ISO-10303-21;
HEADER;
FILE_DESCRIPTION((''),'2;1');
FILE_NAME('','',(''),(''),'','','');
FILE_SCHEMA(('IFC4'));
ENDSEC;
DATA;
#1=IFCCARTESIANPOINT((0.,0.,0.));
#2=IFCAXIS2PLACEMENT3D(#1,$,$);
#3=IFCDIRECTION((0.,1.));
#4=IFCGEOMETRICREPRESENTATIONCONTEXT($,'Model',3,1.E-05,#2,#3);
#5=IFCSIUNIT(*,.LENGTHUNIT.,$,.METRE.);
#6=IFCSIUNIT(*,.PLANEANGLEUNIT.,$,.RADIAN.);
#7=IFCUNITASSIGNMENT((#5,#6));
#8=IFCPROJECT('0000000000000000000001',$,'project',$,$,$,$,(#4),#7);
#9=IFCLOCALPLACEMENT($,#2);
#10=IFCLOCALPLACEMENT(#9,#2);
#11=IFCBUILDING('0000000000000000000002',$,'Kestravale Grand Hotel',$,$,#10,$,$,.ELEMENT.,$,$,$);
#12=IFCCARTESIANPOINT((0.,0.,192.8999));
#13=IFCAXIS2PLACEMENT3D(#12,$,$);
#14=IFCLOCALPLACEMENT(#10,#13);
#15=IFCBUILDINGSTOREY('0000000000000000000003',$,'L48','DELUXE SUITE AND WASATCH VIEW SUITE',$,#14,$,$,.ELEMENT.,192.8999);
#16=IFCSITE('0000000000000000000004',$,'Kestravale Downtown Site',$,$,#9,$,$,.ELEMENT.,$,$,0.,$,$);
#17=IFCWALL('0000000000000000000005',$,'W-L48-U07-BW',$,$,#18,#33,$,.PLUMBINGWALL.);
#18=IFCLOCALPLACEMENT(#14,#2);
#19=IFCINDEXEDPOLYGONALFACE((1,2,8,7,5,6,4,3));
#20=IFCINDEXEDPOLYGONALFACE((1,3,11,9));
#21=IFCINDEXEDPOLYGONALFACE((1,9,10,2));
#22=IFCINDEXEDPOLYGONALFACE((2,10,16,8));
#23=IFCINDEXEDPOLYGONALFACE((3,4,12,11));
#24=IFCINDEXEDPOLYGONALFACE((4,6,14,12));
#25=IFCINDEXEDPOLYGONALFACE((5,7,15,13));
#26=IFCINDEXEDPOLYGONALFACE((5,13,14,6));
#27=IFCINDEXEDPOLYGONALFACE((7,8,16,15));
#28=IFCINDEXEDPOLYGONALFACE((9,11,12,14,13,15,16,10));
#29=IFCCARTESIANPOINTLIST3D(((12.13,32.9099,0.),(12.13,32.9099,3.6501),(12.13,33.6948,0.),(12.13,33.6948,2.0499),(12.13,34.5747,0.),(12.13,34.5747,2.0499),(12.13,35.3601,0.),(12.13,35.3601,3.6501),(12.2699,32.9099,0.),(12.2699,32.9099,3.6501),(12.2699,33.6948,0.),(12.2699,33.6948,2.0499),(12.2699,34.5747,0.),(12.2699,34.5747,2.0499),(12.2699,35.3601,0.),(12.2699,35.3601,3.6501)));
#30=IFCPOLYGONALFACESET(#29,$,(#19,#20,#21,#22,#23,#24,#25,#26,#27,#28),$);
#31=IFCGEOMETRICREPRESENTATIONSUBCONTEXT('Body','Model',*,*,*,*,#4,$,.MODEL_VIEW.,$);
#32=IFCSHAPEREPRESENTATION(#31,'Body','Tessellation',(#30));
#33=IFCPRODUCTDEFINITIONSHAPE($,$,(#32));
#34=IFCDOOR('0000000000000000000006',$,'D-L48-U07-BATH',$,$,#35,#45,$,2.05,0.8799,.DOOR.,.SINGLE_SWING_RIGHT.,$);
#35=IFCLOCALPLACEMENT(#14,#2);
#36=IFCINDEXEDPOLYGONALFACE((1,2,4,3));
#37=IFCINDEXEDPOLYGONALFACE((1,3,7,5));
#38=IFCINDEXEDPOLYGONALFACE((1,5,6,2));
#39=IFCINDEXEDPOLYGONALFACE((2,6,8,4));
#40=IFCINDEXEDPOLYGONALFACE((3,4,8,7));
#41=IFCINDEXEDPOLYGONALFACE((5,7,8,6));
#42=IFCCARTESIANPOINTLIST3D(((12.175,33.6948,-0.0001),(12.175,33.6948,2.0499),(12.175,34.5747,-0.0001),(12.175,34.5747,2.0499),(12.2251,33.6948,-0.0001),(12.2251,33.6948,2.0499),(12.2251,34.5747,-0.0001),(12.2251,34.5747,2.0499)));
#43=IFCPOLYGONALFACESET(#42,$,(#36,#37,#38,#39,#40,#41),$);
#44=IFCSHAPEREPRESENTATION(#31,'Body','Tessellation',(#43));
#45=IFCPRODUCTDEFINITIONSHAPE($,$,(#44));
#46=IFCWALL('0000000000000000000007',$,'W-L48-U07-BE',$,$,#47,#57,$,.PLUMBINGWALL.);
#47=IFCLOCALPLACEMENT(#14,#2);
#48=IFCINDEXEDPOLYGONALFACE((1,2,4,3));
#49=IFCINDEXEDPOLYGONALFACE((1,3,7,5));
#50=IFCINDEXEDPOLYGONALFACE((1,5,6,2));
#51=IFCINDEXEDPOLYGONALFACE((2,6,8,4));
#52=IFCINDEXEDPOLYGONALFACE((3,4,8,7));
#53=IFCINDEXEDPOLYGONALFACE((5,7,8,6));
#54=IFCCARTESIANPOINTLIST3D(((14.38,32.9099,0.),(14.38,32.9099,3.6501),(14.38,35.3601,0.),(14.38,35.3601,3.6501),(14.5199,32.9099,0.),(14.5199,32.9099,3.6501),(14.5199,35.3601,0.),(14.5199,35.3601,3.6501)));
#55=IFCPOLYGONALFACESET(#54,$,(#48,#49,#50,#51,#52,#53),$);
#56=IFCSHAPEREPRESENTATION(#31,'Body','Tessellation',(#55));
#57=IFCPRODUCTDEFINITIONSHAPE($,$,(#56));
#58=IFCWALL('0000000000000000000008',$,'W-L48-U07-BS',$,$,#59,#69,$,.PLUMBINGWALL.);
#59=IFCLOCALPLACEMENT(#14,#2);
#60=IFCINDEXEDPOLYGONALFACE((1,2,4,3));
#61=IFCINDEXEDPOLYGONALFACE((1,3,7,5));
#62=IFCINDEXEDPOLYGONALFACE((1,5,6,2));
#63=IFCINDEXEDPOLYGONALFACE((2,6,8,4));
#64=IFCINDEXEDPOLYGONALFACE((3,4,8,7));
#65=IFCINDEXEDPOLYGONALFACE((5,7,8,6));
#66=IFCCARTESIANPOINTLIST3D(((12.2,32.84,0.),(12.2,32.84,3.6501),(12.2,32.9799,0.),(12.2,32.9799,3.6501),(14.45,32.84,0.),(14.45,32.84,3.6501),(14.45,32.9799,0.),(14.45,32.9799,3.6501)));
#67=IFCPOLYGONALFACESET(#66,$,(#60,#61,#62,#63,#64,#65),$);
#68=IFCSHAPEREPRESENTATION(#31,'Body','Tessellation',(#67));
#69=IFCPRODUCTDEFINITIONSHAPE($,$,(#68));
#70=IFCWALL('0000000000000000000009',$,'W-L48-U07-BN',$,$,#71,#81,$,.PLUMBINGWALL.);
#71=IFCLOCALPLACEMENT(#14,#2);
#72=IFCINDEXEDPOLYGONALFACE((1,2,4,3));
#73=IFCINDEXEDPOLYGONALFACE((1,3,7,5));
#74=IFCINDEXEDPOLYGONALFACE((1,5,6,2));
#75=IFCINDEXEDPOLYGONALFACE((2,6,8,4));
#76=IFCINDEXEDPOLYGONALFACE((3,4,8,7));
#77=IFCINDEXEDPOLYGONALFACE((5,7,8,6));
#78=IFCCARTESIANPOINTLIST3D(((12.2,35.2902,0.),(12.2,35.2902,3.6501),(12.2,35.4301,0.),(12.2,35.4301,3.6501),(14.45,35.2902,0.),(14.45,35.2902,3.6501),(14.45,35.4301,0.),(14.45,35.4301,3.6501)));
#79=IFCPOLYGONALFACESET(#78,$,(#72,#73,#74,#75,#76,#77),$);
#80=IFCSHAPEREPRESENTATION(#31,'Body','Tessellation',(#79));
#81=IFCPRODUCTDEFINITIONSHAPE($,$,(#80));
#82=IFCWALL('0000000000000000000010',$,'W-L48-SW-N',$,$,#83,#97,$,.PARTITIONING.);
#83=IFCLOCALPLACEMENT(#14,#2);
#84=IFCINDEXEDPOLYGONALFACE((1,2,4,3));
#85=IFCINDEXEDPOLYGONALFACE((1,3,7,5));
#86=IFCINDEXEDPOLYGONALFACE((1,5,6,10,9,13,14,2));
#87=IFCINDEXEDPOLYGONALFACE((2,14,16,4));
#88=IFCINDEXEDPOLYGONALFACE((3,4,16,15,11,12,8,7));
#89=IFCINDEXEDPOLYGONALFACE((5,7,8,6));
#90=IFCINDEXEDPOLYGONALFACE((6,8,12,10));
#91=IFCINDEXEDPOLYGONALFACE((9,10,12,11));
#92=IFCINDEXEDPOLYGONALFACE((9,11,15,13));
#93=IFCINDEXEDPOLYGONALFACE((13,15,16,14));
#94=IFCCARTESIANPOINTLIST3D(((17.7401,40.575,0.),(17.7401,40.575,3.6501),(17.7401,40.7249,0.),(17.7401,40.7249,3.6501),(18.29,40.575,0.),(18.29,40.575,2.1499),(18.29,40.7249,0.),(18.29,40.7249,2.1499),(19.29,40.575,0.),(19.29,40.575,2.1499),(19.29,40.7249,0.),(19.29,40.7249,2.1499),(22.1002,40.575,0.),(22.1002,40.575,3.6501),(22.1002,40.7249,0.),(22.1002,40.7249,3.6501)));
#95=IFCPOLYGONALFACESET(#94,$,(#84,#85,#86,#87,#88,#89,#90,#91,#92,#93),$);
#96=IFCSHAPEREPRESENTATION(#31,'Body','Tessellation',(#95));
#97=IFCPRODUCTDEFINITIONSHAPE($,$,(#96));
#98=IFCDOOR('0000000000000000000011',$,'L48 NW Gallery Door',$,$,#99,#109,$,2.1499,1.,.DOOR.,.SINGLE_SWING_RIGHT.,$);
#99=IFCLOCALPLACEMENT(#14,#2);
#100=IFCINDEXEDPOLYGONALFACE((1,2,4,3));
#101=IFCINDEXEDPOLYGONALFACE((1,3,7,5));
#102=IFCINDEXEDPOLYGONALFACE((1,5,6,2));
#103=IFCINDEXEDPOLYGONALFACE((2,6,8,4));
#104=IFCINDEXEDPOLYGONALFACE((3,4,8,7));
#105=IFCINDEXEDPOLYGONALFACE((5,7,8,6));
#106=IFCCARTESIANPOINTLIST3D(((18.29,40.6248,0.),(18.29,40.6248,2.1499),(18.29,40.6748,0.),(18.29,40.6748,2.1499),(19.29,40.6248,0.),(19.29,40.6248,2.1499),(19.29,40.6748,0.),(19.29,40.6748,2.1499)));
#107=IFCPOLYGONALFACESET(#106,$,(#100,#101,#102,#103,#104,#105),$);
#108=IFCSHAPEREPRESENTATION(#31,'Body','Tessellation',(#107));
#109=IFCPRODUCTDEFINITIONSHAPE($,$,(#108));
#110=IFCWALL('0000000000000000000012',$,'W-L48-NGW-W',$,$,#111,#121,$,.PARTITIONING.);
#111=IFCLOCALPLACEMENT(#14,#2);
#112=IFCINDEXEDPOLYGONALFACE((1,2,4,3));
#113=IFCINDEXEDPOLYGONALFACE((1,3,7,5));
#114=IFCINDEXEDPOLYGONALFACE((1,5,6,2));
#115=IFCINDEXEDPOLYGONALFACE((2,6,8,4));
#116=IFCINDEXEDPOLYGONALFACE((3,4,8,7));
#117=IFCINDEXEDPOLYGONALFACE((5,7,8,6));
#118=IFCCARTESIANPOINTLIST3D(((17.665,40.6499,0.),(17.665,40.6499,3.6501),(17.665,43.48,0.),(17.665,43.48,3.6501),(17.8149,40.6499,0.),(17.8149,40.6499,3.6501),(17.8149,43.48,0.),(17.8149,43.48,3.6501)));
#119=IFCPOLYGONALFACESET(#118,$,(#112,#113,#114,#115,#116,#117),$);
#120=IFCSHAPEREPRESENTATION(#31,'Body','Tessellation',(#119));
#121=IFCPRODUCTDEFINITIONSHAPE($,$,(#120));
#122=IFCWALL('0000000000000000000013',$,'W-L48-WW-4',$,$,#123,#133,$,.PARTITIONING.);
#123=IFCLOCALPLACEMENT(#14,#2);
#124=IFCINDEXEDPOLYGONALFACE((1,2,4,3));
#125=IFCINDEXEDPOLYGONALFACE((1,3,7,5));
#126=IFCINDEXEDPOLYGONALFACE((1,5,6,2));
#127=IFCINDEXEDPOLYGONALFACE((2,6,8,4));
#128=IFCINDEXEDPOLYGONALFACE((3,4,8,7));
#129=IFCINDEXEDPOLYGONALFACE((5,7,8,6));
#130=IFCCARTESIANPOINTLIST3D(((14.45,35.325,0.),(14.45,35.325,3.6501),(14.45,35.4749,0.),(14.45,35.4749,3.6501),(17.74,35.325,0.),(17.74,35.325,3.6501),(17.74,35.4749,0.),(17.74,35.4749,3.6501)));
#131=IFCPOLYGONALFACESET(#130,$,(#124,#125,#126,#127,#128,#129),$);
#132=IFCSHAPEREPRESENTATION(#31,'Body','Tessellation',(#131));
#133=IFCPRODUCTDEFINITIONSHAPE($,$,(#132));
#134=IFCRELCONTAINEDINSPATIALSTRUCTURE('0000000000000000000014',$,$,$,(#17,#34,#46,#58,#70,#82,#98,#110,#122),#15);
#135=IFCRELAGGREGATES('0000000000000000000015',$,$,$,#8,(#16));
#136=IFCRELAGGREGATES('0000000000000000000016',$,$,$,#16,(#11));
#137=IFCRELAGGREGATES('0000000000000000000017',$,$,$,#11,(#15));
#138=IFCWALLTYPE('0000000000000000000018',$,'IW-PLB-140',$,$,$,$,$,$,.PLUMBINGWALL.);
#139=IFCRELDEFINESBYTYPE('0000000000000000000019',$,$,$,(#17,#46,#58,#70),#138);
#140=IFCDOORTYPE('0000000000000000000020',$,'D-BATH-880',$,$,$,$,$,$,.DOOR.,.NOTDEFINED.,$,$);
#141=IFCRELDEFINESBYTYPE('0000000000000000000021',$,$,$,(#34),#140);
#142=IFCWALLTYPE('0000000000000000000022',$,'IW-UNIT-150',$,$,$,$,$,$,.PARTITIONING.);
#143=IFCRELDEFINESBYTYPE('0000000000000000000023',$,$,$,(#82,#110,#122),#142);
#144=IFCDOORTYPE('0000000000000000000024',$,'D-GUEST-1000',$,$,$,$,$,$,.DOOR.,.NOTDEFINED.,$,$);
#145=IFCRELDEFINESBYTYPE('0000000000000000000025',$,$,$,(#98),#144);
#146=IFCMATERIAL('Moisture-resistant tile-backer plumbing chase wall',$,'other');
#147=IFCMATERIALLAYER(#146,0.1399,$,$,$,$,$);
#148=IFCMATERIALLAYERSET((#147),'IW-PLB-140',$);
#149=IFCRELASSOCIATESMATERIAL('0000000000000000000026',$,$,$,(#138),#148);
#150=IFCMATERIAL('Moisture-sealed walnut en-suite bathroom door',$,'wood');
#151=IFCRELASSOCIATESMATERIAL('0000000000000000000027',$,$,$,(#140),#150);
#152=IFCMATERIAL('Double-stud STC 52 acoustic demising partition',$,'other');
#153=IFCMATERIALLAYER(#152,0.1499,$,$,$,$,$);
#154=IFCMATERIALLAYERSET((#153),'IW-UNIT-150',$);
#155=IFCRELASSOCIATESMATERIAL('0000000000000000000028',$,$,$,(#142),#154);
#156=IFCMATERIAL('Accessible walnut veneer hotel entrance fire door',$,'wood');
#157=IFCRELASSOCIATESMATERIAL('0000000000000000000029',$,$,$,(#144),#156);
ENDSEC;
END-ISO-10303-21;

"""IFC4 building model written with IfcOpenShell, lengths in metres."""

from ifc_helpers import new_model, si_unit, direction, frame, frame_2d, origin, place, context, subcontext, project, spatial, rectangle, extrude, material, layer, layer_set, type_object, element, fill, save


model = new_model("IFC4")

# Units and contexts
model_context = context("Model", 3, precision=1e-05, world=origin(), true_north=direction((0.0, 1.0)))
body_context = subcontext(model_context, "Body", "Model", "MODEL_VIEW")
ifc_project = project(units=[si_unit("LENGTHUNIT", "METRE"), si_unit("PLANEANGLEUNIT", "RADIAN")], contexts=[model_context])

# Site, building, storey
site_placement = place(None, origin())
site = spatial("IfcSite", under=ifc_project, at=site_placement, Name="Kestravale Downtown Site", CompositionType="ELEMENT", RefElevation=0.0)
building_placement = place(site_placement, origin())
building = spatial("IfcBuilding", under=site, at=building_placement, Name="Kestravale Grand Hotel", CompositionType="ELEMENT")
storey_placement = place(building_placement, frame((0.0, 0.0, 192.8999)))
storey = spatial("IfcBuildingStorey", under=building, at=storey_placement, Name="L48", Description="DELUXE SUITE AND WASATCH VIEW SUITE", CompositionType="ELEMENT", Elevation=192.8999)

# Wall, opening, door
ifc_material_1 = material(Name="Moisture-resistant tile-backer plumbing chase wall", Category="other")
ifc_layer_1 = layer(ifc_material_1, 0.1399)
ifc_layer_set_1 = layer_set([ifc_layer_1], Name="IW-PLB-140")
wall_type_1 = type_object("IfcWallType", Name="IW-PLB-140", PredefinedType="PLUMBINGWALL", material=ifc_layer_set_1)
wall_1_placement = place(storey_placement, frame((12.2, 32.9099, 0.0), z_axis=(0.0, 0.0, 1.0), x_axis=(0.0, 1.0, 0.0)))
wall_1 = element("IfcWall", 1, at=wall_1_placement, inside=storey, type_object=wall_type_1, Name="W-L48-U07-BW", PredefinedType="PLUMBINGWALL", context=body_context, shape_type="SweptSolid", body=[
    extrude(rectangle(XDim=2.4502, YDim=0.1399, at=frame_2d((1.2251, 0.0))), origin(), (0.0, 0.0, 1.0), 3.6501),
])
opening_1_placement = place(wall_1_placement, frame((0.7849, 0.0, 0.0)))
opening_1 = element("IfcOpeningElement", 2, at=opening_1_placement, cuts=wall_1, PredefinedType="OPENING", context=body_context, shape_type="SweptSolid", body=[
    extrude(rectangle(XDim=0.8799, YDim=2.05, at=frame_2d((0.4399, 1.0249))), frame((0.0, 0.0798, 0.0), z_axis=(0.0, -1.0, 0.0), x_axis=(1.0, 0.0, 0.0)), (0.0, 0.0, 1.0), 0.1599),
])
ifc_material_2 = material(Name="Moisture-sealed walnut en-suite bathroom door", Category="wood")
door_type_1 = type_object("IfcDoorType", Name="D-BATH-880", OperationType="NOTDEFINED", PredefinedType="DOOR", material=ifc_material_2)
door_1_placement = place(opening_1_placement, origin())
door_1 = element("IfcDoor", 3, at=door_1_placement, inside=storey, type_object=door_type_1, Name="D-L48-U07-BATH", OperationType="SINGLE_SWING_RIGHT", OverallHeight=2.05, OverallWidth=0.8799, PredefinedType="DOOR", context=body_context, shape_type="SweptSolid", body=[
    extrude(rectangle(XDim=0.8799, YDim=2.05, at=frame_2d((0.4399, 1.0249))), frame((0.0, 0.0249, 0.0), z_axis=(0.0, -1.0, 0.0), x_axis=(1.0, 0.0, 0.0)), (0.0, 0.0, 1.0), 0.05),
])
fill(opening_1, door_1)

# Walls
wall_2_placement = place(storey_placement, frame((14.45, 32.9099, 0.0), z_axis=(0.0, 0.0, 1.0), x_axis=(0.0, 1.0, 0.0)))
element("IfcWall", 4, at=wall_2_placement, inside=storey, type_object=wall_type_1, Name="W-L48-U07-BE", PredefinedType="PLUMBINGWALL", context=body_context, shape_type="SweptSolid", body=[
    extrude(rectangle(XDim=2.4502, YDim=0.1399, at=frame_2d((1.2251, 0.0))), origin(), (0.0, 0.0, 1.0), 3.6501),
])
for number, where, z_axis, x_axis, name in (
    (5, (12.2, 32.9099, 0.0), (0.0, 0.0, 1.0), (1.0, 0.0, 0.0), "W-L48-U07-BS"),
    (6, (12.2, 35.3601, 0.0), (0.0, 0.0, 1.0), (1.0, 0.0, 0.0), "W-L48-U07-BN"),
):
    element("IfcWall", number, at=place(storey_placement, frame(where, z_axis=z_axis, x_axis=x_axis)), inside=storey, type_object=wall_type_1, Name=name, PredefinedType="PLUMBINGWALL", context=body_context, shape_type="SweptSolid", body=[
        extrude(rectangle(XDim=2.25, YDim=0.1399, at=frame_2d((1.125, 0.0))), origin(), (0.0, 0.0, 1.0), 3.6501),
    ])

# Wall, opening, door
ifc_material_3 = material(Name="Double-stud STC 52 acoustic demising partition", Category="other")
ifc_layer_2 = layer(ifc_material_3, 0.1499)
ifc_layer_set_2 = layer_set([ifc_layer_2], Name="IW-UNIT-150")
wall_type_2 = type_object("IfcWallType", Name="IW-UNIT-150", PredefinedType="PARTITIONING", material=ifc_layer_set_2)
wall_3_placement = place(storey_placement, frame((17.74, 40.6499, 0.0), z_axis=(0.0, 0.0, 1.0), x_axis=(1.0, 0.0, 0.0)))
wall_3 = element("IfcWall", 7, at=wall_3_placement, inside=storey, type_object=wall_type_2, Name="W-L48-SW-N", PredefinedType="PARTITIONING", context=body_context, shape_type="SweptSolid", body=[
    extrude(rectangle(XDim=4.3601, YDim=0.1499, at=frame_2d((2.1802, 0.0))), origin(), (0.0, 0.0, 1.0), 3.6501),
])
opening_2_placement = place(wall_3_placement, frame((0.55, 0.0, 0.0)))
opening_2 = element("IfcOpeningElement", 8, at=opening_2_placement, cuts=wall_3, PredefinedType="OPENING", context=body_context, shape_type="SweptSolid", body=[
    extrude(rectangle(XDim=1.0, YDim=2.1499, at=frame_2d((0.5, 1.075))), frame((0.0, 0.085, 0.0), z_axis=(0.0, -1.0, 0.0), x_axis=(1.0, 0.0, 0.0)), (0.0, 0.0, 1.0), 0.1699),
])
ifc_material_4 = material(Name="Accessible walnut veneer hotel entrance fire door", Category="wood")
door_type_2 = type_object("IfcDoorType", Name="D-GUEST-1000", OperationType="NOTDEFINED", PredefinedType="DOOR", material=ifc_material_4)
door_2_placement = place(opening_2_placement, origin())
door_2 = element("IfcDoor", 9, at=door_2_placement, inside=storey, type_object=door_type_2, Name="L48 NW Gallery Door", OperationType="SINGLE_SWING_RIGHT", OverallHeight=2.1499, OverallWidth=1.0, PredefinedType="DOOR", context=body_context, shape_type="SweptSolid", body=[
    extrude(rectangle(XDim=1.0, YDim=2.1499, at=frame_2d((0.5, 1.075))), frame((0.0, 0.0249, 0.0), z_axis=(0.0, -1.0, 0.0), x_axis=(1.0, 0.0, 0.0)), (0.0, 0.0, 1.0), 0.05),
])
fill(opening_2, door_2)

# Walls
wall_4_placement = place(storey_placement, frame((17.74, 40.6499, 0.0), z_axis=(0.0, 0.0, 1.0), x_axis=(0.0, 1.0, 0.0)))
element("IfcWall", 10, at=wall_4_placement, inside=storey, type_object=wall_type_2, Name="W-L48-NGW-W", PredefinedType="PARTITIONING", context=body_context, shape_type="SweptSolid", body=[
    extrude(rectangle(XDim=2.8301, YDim=0.1499, at=frame_2d((1.415, 0.0))), origin(), (0.0, 0.0, 1.0), 3.6501),
])
wall_5_placement = place(storey_placement, frame((14.45, 35.3999, 0.0), z_axis=(0.0, 0.0, 1.0), x_axis=(1.0, 0.0, 0.0)))
element("IfcWall", 11, at=wall_5_placement, inside=storey, type_object=wall_type_2, Name="W-L48-WW-4", PredefinedType="PARTITIONING", context=body_context, shape_type="SweptSolid", body=[
    extrude(rectangle(XDim=3.29, YDim=0.1499, at=frame_2d((1.645, 0.0))), origin(), (0.0, 0.0, 1.0), 3.6501),
])

save(model, "model.ifc")
